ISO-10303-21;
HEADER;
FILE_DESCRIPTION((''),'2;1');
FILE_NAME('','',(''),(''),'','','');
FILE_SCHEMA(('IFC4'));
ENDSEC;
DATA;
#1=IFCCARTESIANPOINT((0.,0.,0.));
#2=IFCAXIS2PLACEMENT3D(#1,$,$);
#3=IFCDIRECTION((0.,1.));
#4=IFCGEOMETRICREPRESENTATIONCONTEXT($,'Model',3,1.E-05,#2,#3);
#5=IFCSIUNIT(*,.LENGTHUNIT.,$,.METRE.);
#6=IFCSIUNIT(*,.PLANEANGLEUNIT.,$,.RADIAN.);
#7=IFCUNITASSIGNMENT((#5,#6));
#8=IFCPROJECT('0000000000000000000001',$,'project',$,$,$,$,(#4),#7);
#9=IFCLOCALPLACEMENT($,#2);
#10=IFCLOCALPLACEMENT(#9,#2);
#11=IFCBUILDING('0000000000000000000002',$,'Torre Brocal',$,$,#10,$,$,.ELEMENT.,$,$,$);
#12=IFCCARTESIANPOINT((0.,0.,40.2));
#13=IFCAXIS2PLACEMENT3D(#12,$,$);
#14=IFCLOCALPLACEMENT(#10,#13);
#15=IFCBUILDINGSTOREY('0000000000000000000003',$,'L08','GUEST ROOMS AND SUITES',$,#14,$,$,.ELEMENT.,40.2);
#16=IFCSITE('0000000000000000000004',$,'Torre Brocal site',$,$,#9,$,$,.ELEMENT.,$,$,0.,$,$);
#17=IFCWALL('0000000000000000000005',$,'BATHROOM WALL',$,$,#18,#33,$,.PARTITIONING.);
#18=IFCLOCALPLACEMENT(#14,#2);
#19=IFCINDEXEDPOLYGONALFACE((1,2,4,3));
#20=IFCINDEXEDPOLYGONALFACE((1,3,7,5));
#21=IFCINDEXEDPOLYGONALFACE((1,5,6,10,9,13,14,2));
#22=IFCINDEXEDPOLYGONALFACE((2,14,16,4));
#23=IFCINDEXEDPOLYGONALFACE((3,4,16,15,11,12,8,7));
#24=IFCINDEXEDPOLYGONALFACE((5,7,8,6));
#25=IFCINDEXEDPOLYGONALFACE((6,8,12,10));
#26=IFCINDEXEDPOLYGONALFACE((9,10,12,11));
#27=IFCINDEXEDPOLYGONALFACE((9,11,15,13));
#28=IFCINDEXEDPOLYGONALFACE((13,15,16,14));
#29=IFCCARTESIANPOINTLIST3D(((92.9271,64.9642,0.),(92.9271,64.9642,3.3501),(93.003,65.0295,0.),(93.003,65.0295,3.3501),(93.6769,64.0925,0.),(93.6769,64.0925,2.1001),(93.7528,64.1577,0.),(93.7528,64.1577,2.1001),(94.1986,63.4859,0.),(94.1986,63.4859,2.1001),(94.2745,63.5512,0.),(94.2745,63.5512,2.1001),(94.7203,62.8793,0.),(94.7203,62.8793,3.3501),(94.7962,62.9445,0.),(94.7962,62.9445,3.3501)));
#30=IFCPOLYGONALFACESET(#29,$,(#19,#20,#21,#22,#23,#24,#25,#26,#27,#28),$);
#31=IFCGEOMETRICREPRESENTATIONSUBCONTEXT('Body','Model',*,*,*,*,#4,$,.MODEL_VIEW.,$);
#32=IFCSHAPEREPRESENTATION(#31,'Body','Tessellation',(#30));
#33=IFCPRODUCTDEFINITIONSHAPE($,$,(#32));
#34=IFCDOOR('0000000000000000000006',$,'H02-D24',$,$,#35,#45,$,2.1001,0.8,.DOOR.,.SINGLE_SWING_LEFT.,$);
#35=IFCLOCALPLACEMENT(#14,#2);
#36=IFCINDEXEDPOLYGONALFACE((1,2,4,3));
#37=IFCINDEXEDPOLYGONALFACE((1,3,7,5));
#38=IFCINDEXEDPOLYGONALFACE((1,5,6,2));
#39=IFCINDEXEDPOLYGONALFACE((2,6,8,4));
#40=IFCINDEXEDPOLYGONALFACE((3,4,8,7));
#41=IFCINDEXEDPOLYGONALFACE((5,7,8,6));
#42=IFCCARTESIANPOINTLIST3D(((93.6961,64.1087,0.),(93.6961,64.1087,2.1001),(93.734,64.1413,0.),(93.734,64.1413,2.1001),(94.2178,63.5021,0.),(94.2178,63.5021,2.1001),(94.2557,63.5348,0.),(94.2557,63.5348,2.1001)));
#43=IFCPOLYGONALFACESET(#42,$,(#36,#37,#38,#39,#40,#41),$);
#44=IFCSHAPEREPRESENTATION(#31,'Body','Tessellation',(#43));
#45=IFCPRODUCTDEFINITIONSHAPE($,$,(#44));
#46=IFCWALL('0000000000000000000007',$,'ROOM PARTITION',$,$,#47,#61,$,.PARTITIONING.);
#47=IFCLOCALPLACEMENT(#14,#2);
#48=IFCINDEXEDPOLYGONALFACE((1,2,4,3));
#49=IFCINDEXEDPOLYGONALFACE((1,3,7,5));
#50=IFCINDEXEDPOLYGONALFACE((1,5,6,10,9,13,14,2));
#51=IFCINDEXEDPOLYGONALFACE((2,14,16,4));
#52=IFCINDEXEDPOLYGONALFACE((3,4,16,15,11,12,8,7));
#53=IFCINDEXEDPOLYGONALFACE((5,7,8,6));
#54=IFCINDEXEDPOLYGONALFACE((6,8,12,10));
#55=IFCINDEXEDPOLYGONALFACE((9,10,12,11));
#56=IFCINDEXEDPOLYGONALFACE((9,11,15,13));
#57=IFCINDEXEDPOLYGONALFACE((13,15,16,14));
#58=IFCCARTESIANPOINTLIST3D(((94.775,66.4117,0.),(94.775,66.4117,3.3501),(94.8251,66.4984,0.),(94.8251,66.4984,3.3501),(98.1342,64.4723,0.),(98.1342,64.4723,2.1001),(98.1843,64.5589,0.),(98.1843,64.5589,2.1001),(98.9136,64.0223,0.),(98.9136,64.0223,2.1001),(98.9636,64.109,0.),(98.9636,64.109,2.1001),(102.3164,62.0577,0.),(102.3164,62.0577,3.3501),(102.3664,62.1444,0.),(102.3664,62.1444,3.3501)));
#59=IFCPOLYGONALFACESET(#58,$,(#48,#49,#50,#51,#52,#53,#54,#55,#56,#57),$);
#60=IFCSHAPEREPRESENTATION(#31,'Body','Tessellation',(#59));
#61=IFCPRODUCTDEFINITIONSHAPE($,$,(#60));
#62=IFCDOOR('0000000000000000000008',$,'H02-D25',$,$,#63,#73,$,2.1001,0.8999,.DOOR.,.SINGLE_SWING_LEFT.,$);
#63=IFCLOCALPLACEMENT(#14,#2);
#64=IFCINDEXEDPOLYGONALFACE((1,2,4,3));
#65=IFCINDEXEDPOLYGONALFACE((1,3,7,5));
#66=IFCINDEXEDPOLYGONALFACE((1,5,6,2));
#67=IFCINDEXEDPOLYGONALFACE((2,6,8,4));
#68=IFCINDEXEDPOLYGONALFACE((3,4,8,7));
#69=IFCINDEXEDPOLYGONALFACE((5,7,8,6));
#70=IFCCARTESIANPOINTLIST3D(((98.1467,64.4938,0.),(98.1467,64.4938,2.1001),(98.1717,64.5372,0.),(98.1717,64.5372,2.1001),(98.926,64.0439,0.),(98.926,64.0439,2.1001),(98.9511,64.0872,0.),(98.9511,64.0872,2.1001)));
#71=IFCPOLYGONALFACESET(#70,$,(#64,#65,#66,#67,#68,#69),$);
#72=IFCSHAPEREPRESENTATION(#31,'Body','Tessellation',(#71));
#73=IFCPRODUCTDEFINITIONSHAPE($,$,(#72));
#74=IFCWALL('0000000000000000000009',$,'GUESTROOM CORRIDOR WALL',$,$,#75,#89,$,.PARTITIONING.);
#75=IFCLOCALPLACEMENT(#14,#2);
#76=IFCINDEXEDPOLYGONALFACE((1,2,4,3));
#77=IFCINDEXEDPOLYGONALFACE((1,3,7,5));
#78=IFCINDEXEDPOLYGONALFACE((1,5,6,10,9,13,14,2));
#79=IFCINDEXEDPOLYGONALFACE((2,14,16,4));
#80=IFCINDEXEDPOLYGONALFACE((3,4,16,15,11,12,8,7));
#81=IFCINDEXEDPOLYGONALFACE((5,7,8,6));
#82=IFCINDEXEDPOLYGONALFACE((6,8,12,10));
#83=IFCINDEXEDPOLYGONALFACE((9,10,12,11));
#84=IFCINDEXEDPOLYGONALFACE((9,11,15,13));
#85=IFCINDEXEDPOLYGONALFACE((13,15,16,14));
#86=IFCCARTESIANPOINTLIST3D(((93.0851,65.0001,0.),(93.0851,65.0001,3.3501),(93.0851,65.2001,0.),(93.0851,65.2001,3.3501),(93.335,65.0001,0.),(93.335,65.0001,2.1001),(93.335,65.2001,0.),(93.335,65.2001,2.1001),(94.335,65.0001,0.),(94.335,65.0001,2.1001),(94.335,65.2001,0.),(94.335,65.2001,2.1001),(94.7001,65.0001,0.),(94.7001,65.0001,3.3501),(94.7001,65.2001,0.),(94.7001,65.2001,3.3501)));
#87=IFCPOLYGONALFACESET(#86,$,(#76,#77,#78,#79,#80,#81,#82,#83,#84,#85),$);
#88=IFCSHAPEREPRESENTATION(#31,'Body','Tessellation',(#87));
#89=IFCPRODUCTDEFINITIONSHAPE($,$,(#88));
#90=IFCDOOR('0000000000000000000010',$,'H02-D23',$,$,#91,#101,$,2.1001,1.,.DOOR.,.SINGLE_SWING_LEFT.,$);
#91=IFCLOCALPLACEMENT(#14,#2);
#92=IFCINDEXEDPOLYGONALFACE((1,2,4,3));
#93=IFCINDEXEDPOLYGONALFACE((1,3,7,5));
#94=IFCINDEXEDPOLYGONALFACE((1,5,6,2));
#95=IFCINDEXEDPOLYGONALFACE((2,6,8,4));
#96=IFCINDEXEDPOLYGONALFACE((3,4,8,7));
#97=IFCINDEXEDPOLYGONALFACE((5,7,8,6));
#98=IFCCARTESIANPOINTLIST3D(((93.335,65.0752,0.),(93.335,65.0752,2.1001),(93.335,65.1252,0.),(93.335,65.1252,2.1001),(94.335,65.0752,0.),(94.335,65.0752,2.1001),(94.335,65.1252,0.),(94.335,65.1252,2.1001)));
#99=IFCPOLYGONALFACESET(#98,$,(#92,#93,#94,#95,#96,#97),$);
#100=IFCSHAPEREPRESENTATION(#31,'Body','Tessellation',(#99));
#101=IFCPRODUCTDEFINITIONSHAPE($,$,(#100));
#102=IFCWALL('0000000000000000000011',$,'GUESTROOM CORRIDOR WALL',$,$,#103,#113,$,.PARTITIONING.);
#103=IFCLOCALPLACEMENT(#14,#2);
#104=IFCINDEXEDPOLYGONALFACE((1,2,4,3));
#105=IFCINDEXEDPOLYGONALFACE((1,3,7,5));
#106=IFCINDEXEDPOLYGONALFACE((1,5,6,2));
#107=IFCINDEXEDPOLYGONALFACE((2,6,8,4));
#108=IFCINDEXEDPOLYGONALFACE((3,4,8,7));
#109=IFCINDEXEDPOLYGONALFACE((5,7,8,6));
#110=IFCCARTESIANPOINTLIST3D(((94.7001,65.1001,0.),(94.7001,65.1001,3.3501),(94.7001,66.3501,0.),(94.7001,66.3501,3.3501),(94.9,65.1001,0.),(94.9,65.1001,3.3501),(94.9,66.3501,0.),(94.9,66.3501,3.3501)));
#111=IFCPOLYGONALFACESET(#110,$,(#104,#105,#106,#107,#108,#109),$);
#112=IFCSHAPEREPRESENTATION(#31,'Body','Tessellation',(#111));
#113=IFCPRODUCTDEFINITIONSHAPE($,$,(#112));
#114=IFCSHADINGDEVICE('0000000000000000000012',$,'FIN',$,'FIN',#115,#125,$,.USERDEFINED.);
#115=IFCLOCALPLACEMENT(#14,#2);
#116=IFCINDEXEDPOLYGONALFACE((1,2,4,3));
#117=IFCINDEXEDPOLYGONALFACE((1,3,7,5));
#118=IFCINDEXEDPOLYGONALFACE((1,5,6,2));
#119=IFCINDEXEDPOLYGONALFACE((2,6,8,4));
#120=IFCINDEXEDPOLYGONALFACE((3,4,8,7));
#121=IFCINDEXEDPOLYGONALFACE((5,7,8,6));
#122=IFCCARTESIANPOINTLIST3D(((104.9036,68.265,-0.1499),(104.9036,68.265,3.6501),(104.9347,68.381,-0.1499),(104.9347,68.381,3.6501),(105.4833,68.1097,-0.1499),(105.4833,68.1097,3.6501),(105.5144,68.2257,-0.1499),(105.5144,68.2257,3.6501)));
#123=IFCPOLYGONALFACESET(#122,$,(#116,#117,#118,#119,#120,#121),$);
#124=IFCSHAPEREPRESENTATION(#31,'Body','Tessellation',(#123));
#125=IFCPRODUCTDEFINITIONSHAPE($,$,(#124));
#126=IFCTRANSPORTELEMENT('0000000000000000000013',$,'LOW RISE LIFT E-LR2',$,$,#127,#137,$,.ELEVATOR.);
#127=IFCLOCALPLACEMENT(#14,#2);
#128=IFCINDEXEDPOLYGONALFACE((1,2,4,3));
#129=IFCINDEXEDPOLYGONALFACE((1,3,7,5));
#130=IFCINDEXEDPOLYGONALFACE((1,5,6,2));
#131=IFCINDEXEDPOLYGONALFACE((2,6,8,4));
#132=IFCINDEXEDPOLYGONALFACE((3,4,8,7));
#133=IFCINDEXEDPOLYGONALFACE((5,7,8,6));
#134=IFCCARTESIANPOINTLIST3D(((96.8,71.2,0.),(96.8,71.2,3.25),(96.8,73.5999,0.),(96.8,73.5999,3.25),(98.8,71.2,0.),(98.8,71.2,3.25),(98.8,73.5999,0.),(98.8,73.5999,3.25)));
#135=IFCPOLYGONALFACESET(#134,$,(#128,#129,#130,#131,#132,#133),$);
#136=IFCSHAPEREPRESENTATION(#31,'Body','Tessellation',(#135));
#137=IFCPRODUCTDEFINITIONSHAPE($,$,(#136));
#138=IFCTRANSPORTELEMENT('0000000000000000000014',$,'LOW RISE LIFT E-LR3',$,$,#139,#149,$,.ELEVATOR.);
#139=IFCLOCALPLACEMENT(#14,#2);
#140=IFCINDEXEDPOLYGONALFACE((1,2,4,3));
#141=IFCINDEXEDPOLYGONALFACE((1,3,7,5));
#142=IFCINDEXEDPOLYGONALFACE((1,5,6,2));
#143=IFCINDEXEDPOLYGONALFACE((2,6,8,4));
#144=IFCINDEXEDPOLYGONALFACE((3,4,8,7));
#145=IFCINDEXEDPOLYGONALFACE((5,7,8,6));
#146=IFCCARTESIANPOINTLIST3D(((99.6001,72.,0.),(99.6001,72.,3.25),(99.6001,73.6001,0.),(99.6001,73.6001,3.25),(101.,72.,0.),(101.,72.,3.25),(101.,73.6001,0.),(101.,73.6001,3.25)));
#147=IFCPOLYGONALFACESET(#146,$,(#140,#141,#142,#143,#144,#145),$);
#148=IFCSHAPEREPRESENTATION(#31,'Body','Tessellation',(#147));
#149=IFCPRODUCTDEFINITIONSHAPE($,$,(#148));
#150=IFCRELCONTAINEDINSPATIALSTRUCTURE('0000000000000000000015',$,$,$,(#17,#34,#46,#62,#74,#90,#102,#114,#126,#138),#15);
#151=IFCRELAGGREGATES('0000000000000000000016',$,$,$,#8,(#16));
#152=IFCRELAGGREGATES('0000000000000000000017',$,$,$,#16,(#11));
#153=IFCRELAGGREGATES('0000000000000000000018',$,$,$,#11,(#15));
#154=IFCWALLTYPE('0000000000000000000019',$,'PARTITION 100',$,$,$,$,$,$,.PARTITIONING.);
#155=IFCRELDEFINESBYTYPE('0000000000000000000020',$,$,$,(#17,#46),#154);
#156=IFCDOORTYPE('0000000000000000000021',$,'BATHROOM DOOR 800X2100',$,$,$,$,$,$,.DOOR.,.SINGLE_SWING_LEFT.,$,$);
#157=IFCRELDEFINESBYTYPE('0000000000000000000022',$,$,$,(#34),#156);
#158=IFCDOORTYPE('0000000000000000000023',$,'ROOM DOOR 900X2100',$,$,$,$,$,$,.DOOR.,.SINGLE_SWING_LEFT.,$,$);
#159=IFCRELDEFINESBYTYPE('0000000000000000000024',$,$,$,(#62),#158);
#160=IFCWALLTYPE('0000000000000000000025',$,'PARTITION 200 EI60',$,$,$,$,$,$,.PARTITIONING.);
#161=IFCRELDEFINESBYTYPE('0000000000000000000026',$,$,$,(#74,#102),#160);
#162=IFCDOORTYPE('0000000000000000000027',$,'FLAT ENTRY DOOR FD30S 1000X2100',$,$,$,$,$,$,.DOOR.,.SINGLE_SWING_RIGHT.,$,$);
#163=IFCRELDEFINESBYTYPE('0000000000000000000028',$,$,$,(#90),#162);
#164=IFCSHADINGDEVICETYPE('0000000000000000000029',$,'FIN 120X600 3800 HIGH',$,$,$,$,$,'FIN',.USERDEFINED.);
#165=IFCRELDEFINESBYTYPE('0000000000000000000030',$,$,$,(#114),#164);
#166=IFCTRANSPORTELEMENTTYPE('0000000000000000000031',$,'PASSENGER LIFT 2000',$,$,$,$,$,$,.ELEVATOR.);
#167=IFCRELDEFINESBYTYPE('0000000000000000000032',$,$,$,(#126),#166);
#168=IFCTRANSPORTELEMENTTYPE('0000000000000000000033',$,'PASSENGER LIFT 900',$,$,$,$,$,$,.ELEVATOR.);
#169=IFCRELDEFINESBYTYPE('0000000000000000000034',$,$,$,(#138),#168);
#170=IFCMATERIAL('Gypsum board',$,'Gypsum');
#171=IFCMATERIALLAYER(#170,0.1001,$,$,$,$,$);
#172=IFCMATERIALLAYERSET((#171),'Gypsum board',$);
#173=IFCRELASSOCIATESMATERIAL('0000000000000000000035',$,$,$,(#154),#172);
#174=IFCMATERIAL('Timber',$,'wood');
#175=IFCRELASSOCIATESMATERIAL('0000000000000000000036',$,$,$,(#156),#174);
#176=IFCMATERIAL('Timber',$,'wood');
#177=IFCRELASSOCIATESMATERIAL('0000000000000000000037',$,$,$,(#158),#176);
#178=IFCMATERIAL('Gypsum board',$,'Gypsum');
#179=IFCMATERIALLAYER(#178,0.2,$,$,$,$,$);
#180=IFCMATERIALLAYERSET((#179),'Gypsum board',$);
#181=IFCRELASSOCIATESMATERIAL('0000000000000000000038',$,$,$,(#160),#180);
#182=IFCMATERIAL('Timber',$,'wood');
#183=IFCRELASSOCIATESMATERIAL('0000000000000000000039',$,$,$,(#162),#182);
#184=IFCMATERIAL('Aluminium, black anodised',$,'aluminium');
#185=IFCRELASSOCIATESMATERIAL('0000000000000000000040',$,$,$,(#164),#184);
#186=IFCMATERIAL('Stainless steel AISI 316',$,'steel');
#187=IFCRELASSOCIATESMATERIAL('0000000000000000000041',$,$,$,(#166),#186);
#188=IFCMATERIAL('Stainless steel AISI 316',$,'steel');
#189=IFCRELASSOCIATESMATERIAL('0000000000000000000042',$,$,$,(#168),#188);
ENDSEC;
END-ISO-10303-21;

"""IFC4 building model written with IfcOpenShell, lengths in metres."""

from ifc_helpers import new_model, si_unit, direction, frame, frame_2d, origin, origin_2d, place, context, subcontext, project, spatial, rectangle, extrude, material, layer, layer_set, material_profile, profile_set, type_object, element, fill, save


model = new_model("IFC4")

# Units and contexts
model_context = context("Model", 3, precision=1e-05, world=origin(), true_north=direction((0.0, 1.0)))
body_context = subcontext(model_context, "Body", "Model", "MODEL_VIEW")
ifc_project = project(units=[si_unit("LENGTHUNIT", "METRE"), si_unit("PLANEANGLEUNIT", "RADIAN")], contexts=[model_context])

# Site, building, storey
site_placement = place(None, origin())
site = spatial("IfcSite", under=ifc_project, at=site_placement, Name="Torre Brocal site", CompositionType="ELEMENT", RefElevation=0.0)
building_placement = place(site_placement, origin())
building = spatial("IfcBuilding", under=site, at=building_placement, Name="Torre Brocal", CompositionType="ELEMENT")
storey_placement = place(building_placement, frame((0.0, 0.0, 40.2)))
storey = spatial("IfcBuildingStorey", under=building, at=storey_placement, Name="L08", Description="GUEST ROOMS AND SUITES", CompositionType="ELEMENT", Elevation=40.2)

# Walls, openings, doors
ifc_material_1 = material(Name="Gypsum board", Category="Gypsum")
ifc_layer_1 = layer(ifc_material_1, 0.1001)
ifc_layer_set_1 = layer_set([ifc_layer_1], Name="Gypsum board")
wall_type_1 = type_object("IfcWallType", Name="PARTITION 100", PredefinedType="PARTITIONING", material=ifc_layer_set_1)
wall_1_placement = place(storey_placement, frame((92.9651, 64.9968, 0.0), z_axis=(0.0, 0.0, 1.0), x_axis=(0.65207, -0.758159, 0.0)))
wall_1 = element("IfcWall", 1, at=wall_1_placement, inside=storey, type_object=wall_type_1, Name="BATHROOM WALL", PredefinedType="PARTITIONING", context=body_context, shape_type="SweptSolid", body=[
    extrude(rectangle(XDim=2.75, YDim=0.1001, at=frame_2d((1.375, 0.0))), origin(), (0.0, 0.0, 1.0), 3.3501),
])
opening_1_placement = place(wall_1_placement, frame((1.1499, 0.0, 0.0)))
opening_1 = element("IfcOpeningElement", 2, at=opening_1_placement, cuts=wall_1, PredefinedType="OPENING", context=body_context, shape_type="SweptSolid", body=[
    extrude(rectangle(XDim=0.8, YDim=2.1001, at=frame_2d((0.3999, 1.05))), frame((0.0, 0.0601, 0.0), z_axis=(0.0, -1.0, 0.0), x_axis=(1.0, 0.0, 0.0)), (0.0, 0.0, 1.0), 0.1201),
])
ifc_material_2 = material(Name="Timber", Category="wood")
door_type_1 = type_object("IfcDoorType", Name="BATHROOM DOOR 800X2100", OperationType="SINGLE_SWING_LEFT", PredefinedType="DOOR", material=ifc_material_2)
door_1_placement = place(opening_1_placement, frame((0.8, 0.0, 0.0), z_axis=(0.0, 0.0, 1.0), x_axis=(-1.0, 0.0, 0.0)))
door_1 = element("IfcDoor", 3, at=door_1_placement, inside=storey, type_object=door_type_1, Name="H02-D24", OperationType="SINGLE_SWING_LEFT", OverallHeight=2.1001, OverallWidth=0.8, PredefinedType="DOOR", context=body_context, shape_type="SweptSolid", body=[
    extrude(rectangle(XDim=0.8, YDim=2.1001, at=frame_2d((0.3999, 1.05))), frame((0.0, 0.0249, 0.0), z_axis=(0.0, -1.0, 0.0), x_axis=(1.0, 0.0, 0.0)), (0.0, 0.0, 1.0), 0.05),
])
fill(opening_1, door_1)
wall_2_placement = place(storey_placement, frame((94.8, 66.4551, 0.0), z_axis=(0.0, 0.0, 1.0), x_axis=(0.866023, -0.500005, 0.0)))
wall_2 = element("IfcWall", 4, at=wall_2_placement, inside=storey, type_object=wall_type_1, Name="ROOM PARTITION", PredefinedType="PARTITIONING", context=body_context, shape_type="SweptSolid", body=[
    extrude(rectangle(XDim=8.708, YDim=0.1001, at=frame_2d((4.354, 0.0))), origin(), (0.0, 0.0, 1.0), 3.3501),
])
opening_2_placement = place(wall_2_placement, frame((3.8789, 0.0, 0.0)))
opening_2 = element("IfcOpeningElement", 5, at=opening_2_placement, cuts=wall_2, PredefinedType="OPENING", context=body_context, shape_type="SweptSolid", body=[
    extrude(rectangle(XDim=0.8999, YDim=2.1001, at=frame_2d((0.45, 1.05))), frame((0.0, 0.0601, 0.0), z_axis=(0.0, -1.0, 0.0), x_axis=(1.0, 0.0, 0.0)), (0.0, 0.0, 1.0), 0.1201),
])
ifc_material_3 = material(Name="Timber", Category="wood")
door_type_2 = type_object("IfcDoorType", Name="ROOM DOOR 900X2100", OperationType="SINGLE_SWING_LEFT", PredefinedType="DOOR", material=ifc_material_3)
door_2_placement = place(opening_2_placement, origin())
door_2 = element("IfcDoor", 6, at=door_2_placement, inside=storey, type_object=door_type_2, Name="H02-D25", OperationType="SINGLE_SWING_LEFT", OverallHeight=2.1001, OverallWidth=0.8999, PredefinedType="DOOR", context=body_context, shape_type="SweptSolid", body=[
    extrude(rectangle(XDim=0.8999, YDim=2.1001, at=frame_2d((0.45, 1.05))), frame((0.0, 0.0249, 0.0), z_axis=(0.0, -1.0, 0.0), x_axis=(1.0, 0.0, 0.0)), (0.0, 0.0, 1.0), 0.05),
])
fill(opening_2, door_2)
ifc_material_4 = material(Name="Gypsum board", Category="Gypsum")
ifc_layer_2 = layer(ifc_material_4, 0.2)
ifc_layer_set_2 = layer_set([ifc_layer_2], Name="Gypsum board")
wall_type_2 = type_object("IfcWallType", Name="PARTITION 200 EI60", PredefinedType="PARTITIONING", material=ifc_layer_set_2)
wall_3_placement = place(storey_placement, frame((93.085, 65.1001, 0.0), z_axis=(0.0, 0.0, 1.0), x_axis=(1.0, 0.0, 0.0)))
wall_3 = element("IfcWall", 7, at=wall_3_placement, inside=storey, type_object=wall_type_2, Name="GUESTROOM CORRIDOR WALL", PredefinedType="PARTITIONING", context=body_context, shape_type="SweptSolid", body=[
    extrude(rectangle(XDim=1.615, YDim=0.2, at=frame_2d((0.8076, 0.0))), origin(), (0.0, 0.0, 1.0), 3.3501),
])
opening_3_placement = place(wall_3_placement, frame((0.25, 0.0, 0.0)))
opening_3 = element("IfcOpeningElement", 8, at=opening_3_placement, cuts=wall_3, PredefinedType="OPENING", context=body_context, shape_type="SweptSolid", body=[
    extrude(rectangle(XDim=1.0, YDim=2.1001, at=frame_2d((0.5, 1.05))), frame((0.0, 0.1099, 0.0), z_axis=(0.0, -1.0, 0.0), x_axis=(1.0, 0.0, 0.0)), (0.0, 0.0, 1.0), 0.22),
])
ifc_material_5 = material(Name="Timber", Category="wood")
door_type_3 = type_object("IfcDoorType", Name="FLAT ENTRY DOOR FD30S 1000X2100", OperationType="SINGLE_SWING_RIGHT", PredefinedType="DOOR", material=ifc_material_5)
door_3_placement = place(opening_3_placement, frame((1.0, 0.0, 0.0), z_axis=(0.0, 0.0, 1.0), x_axis=(-1.0, 0.0, 0.0)))
door_3 = element("IfcDoor", 9, at=door_3_placement, inside=storey, type_object=door_type_3, Name="H02-D23", OperationType="SINGLE_SWING_LEFT", OverallHeight=2.1001, OverallWidth=1.0, PredefinedType="DOOR", context=body_context, shape_type="SweptSolid", body=[
    extrude(rectangle(XDim=1.0, YDim=2.1001, at=frame_2d((0.5, 1.05))), frame((0.0, 0.0249, 0.0), z_axis=(0.0, -1.0, 0.0), x_axis=(1.0, 0.0, 0.0)), (0.0, 0.0, 1.0), 0.05),
])
fill(opening_3, door_3)

# Wall
wall_4_placement = place(storey_placement, frame((94.8, 65.1001, 0.0), z_axis=(0.0, 0.0, 1.0), x_axis=(0.0, 1.0, 0.0)))
element("IfcWall", 10, at=wall_4_placement, inside=storey, type_object=wall_type_2, Name="GUESTROOM CORRIDOR WALL", PredefinedType="PARTITIONING", context=body_context, shape_type="SweptSolid", body=[
    extrude(rectangle(XDim=1.25, YDim=0.2, at=frame_2d((0.625, 0.0))), origin(), (0.0, 0.0, 1.0), 3.3501),
])

# Shading device
ifc_material_6 = material(Name="Aluminium, black anodised", Category="aluminium")
ifc_material_profile_1 = material_profile(ifc_material_6, rectangle(XDim=0.1201, YDim=0.6001, at=origin_2d()), Name="FIN 120X600 3800 HIGH")
ifc_profile_set_1 = profile_set([ifc_material_profile_1], Name="Aluminium, black anodised")
shading_device_type = type_object("IfcShadingDeviceType", Name="FIN 120X600 3800 HIGH", ElementType="FIN", PredefinedType="USERDEFINED", material=ifc_profile_set_1)
shading_device_placement = place(storey_placement, frame((105.209, 68.2454, -0.1499), z_axis=(0.0, 0.0, 1.0), x_axis=(0.258819, 0.965926, 0.0)))
element("IfcShadingDevice", 11, at=shading_device_placement, inside=storey, type_object=shading_device_type, Name="FIN", ObjectType="FIN", PredefinedType="USERDEFINED", context=body_context, shape_type="SweptSolid", body=[
    extrude(rectangle(XDim=0.1201, YDim=0.6001, at=origin_2d()), origin(), (0.0, 0.0, 1.0), 3.8),
])

# Transport elements
ifc_material_7 = material(Name="Stainless steel AISI 316", Category="steel")
transport_element_type_1 = type_object("IfcTransportElementType", Name="PASSENGER LIFT 2000", PredefinedType="ELEVATOR", material=ifc_material_7)
transport_element_1_placement = place(storey_placement, frame((97.8, 72.3999, 0.0), z_axis=(0.0, 0.0, 1.0), x_axis=(1.0, 0.0, 0.0)))
element("IfcTransportElement", 12, at=transport_element_1_placement, inside=storey, type_object=transport_element_type_1, Name="LOW RISE LIFT E-LR2", PredefinedType="ELEVATOR", context=body_context, shape_type="SweptSolid", body=[
    extrude(rectangle(XDim=2.0, YDim=2.3999, at=origin_2d()), origin(), (0.0, 0.0, 1.0), 3.25),
])
ifc_material_8 = material(Name="Stainless steel AISI 316", Category="steel")
transport_element_type_2 = type_object("IfcTransportElementType", Name="PASSENGER LIFT 900", PredefinedType="ELEVATOR", material=ifc_material_8)
transport_element_2_placement = place(storey_placement, frame((100.3, 72.8, 0.0), z_axis=(0.0, 0.0, 1.0), x_axis=(1.0, 0.0, 0.0)))
element("IfcTransportElement", 13, at=transport_element_2_placement, inside=storey, type_object=transport_element_type_2, Name="LOW RISE LIFT E-LR3", PredefinedType="ELEVATOR", context=body_context, shape_type="SweptSolid", body=[
    extrude(rectangle(XDim=1.3999, YDim=1.6001, at=origin_2d()), origin(), (0.0, 0.0, 1.0), 3.25),
])

save(model, "model.ifc")
